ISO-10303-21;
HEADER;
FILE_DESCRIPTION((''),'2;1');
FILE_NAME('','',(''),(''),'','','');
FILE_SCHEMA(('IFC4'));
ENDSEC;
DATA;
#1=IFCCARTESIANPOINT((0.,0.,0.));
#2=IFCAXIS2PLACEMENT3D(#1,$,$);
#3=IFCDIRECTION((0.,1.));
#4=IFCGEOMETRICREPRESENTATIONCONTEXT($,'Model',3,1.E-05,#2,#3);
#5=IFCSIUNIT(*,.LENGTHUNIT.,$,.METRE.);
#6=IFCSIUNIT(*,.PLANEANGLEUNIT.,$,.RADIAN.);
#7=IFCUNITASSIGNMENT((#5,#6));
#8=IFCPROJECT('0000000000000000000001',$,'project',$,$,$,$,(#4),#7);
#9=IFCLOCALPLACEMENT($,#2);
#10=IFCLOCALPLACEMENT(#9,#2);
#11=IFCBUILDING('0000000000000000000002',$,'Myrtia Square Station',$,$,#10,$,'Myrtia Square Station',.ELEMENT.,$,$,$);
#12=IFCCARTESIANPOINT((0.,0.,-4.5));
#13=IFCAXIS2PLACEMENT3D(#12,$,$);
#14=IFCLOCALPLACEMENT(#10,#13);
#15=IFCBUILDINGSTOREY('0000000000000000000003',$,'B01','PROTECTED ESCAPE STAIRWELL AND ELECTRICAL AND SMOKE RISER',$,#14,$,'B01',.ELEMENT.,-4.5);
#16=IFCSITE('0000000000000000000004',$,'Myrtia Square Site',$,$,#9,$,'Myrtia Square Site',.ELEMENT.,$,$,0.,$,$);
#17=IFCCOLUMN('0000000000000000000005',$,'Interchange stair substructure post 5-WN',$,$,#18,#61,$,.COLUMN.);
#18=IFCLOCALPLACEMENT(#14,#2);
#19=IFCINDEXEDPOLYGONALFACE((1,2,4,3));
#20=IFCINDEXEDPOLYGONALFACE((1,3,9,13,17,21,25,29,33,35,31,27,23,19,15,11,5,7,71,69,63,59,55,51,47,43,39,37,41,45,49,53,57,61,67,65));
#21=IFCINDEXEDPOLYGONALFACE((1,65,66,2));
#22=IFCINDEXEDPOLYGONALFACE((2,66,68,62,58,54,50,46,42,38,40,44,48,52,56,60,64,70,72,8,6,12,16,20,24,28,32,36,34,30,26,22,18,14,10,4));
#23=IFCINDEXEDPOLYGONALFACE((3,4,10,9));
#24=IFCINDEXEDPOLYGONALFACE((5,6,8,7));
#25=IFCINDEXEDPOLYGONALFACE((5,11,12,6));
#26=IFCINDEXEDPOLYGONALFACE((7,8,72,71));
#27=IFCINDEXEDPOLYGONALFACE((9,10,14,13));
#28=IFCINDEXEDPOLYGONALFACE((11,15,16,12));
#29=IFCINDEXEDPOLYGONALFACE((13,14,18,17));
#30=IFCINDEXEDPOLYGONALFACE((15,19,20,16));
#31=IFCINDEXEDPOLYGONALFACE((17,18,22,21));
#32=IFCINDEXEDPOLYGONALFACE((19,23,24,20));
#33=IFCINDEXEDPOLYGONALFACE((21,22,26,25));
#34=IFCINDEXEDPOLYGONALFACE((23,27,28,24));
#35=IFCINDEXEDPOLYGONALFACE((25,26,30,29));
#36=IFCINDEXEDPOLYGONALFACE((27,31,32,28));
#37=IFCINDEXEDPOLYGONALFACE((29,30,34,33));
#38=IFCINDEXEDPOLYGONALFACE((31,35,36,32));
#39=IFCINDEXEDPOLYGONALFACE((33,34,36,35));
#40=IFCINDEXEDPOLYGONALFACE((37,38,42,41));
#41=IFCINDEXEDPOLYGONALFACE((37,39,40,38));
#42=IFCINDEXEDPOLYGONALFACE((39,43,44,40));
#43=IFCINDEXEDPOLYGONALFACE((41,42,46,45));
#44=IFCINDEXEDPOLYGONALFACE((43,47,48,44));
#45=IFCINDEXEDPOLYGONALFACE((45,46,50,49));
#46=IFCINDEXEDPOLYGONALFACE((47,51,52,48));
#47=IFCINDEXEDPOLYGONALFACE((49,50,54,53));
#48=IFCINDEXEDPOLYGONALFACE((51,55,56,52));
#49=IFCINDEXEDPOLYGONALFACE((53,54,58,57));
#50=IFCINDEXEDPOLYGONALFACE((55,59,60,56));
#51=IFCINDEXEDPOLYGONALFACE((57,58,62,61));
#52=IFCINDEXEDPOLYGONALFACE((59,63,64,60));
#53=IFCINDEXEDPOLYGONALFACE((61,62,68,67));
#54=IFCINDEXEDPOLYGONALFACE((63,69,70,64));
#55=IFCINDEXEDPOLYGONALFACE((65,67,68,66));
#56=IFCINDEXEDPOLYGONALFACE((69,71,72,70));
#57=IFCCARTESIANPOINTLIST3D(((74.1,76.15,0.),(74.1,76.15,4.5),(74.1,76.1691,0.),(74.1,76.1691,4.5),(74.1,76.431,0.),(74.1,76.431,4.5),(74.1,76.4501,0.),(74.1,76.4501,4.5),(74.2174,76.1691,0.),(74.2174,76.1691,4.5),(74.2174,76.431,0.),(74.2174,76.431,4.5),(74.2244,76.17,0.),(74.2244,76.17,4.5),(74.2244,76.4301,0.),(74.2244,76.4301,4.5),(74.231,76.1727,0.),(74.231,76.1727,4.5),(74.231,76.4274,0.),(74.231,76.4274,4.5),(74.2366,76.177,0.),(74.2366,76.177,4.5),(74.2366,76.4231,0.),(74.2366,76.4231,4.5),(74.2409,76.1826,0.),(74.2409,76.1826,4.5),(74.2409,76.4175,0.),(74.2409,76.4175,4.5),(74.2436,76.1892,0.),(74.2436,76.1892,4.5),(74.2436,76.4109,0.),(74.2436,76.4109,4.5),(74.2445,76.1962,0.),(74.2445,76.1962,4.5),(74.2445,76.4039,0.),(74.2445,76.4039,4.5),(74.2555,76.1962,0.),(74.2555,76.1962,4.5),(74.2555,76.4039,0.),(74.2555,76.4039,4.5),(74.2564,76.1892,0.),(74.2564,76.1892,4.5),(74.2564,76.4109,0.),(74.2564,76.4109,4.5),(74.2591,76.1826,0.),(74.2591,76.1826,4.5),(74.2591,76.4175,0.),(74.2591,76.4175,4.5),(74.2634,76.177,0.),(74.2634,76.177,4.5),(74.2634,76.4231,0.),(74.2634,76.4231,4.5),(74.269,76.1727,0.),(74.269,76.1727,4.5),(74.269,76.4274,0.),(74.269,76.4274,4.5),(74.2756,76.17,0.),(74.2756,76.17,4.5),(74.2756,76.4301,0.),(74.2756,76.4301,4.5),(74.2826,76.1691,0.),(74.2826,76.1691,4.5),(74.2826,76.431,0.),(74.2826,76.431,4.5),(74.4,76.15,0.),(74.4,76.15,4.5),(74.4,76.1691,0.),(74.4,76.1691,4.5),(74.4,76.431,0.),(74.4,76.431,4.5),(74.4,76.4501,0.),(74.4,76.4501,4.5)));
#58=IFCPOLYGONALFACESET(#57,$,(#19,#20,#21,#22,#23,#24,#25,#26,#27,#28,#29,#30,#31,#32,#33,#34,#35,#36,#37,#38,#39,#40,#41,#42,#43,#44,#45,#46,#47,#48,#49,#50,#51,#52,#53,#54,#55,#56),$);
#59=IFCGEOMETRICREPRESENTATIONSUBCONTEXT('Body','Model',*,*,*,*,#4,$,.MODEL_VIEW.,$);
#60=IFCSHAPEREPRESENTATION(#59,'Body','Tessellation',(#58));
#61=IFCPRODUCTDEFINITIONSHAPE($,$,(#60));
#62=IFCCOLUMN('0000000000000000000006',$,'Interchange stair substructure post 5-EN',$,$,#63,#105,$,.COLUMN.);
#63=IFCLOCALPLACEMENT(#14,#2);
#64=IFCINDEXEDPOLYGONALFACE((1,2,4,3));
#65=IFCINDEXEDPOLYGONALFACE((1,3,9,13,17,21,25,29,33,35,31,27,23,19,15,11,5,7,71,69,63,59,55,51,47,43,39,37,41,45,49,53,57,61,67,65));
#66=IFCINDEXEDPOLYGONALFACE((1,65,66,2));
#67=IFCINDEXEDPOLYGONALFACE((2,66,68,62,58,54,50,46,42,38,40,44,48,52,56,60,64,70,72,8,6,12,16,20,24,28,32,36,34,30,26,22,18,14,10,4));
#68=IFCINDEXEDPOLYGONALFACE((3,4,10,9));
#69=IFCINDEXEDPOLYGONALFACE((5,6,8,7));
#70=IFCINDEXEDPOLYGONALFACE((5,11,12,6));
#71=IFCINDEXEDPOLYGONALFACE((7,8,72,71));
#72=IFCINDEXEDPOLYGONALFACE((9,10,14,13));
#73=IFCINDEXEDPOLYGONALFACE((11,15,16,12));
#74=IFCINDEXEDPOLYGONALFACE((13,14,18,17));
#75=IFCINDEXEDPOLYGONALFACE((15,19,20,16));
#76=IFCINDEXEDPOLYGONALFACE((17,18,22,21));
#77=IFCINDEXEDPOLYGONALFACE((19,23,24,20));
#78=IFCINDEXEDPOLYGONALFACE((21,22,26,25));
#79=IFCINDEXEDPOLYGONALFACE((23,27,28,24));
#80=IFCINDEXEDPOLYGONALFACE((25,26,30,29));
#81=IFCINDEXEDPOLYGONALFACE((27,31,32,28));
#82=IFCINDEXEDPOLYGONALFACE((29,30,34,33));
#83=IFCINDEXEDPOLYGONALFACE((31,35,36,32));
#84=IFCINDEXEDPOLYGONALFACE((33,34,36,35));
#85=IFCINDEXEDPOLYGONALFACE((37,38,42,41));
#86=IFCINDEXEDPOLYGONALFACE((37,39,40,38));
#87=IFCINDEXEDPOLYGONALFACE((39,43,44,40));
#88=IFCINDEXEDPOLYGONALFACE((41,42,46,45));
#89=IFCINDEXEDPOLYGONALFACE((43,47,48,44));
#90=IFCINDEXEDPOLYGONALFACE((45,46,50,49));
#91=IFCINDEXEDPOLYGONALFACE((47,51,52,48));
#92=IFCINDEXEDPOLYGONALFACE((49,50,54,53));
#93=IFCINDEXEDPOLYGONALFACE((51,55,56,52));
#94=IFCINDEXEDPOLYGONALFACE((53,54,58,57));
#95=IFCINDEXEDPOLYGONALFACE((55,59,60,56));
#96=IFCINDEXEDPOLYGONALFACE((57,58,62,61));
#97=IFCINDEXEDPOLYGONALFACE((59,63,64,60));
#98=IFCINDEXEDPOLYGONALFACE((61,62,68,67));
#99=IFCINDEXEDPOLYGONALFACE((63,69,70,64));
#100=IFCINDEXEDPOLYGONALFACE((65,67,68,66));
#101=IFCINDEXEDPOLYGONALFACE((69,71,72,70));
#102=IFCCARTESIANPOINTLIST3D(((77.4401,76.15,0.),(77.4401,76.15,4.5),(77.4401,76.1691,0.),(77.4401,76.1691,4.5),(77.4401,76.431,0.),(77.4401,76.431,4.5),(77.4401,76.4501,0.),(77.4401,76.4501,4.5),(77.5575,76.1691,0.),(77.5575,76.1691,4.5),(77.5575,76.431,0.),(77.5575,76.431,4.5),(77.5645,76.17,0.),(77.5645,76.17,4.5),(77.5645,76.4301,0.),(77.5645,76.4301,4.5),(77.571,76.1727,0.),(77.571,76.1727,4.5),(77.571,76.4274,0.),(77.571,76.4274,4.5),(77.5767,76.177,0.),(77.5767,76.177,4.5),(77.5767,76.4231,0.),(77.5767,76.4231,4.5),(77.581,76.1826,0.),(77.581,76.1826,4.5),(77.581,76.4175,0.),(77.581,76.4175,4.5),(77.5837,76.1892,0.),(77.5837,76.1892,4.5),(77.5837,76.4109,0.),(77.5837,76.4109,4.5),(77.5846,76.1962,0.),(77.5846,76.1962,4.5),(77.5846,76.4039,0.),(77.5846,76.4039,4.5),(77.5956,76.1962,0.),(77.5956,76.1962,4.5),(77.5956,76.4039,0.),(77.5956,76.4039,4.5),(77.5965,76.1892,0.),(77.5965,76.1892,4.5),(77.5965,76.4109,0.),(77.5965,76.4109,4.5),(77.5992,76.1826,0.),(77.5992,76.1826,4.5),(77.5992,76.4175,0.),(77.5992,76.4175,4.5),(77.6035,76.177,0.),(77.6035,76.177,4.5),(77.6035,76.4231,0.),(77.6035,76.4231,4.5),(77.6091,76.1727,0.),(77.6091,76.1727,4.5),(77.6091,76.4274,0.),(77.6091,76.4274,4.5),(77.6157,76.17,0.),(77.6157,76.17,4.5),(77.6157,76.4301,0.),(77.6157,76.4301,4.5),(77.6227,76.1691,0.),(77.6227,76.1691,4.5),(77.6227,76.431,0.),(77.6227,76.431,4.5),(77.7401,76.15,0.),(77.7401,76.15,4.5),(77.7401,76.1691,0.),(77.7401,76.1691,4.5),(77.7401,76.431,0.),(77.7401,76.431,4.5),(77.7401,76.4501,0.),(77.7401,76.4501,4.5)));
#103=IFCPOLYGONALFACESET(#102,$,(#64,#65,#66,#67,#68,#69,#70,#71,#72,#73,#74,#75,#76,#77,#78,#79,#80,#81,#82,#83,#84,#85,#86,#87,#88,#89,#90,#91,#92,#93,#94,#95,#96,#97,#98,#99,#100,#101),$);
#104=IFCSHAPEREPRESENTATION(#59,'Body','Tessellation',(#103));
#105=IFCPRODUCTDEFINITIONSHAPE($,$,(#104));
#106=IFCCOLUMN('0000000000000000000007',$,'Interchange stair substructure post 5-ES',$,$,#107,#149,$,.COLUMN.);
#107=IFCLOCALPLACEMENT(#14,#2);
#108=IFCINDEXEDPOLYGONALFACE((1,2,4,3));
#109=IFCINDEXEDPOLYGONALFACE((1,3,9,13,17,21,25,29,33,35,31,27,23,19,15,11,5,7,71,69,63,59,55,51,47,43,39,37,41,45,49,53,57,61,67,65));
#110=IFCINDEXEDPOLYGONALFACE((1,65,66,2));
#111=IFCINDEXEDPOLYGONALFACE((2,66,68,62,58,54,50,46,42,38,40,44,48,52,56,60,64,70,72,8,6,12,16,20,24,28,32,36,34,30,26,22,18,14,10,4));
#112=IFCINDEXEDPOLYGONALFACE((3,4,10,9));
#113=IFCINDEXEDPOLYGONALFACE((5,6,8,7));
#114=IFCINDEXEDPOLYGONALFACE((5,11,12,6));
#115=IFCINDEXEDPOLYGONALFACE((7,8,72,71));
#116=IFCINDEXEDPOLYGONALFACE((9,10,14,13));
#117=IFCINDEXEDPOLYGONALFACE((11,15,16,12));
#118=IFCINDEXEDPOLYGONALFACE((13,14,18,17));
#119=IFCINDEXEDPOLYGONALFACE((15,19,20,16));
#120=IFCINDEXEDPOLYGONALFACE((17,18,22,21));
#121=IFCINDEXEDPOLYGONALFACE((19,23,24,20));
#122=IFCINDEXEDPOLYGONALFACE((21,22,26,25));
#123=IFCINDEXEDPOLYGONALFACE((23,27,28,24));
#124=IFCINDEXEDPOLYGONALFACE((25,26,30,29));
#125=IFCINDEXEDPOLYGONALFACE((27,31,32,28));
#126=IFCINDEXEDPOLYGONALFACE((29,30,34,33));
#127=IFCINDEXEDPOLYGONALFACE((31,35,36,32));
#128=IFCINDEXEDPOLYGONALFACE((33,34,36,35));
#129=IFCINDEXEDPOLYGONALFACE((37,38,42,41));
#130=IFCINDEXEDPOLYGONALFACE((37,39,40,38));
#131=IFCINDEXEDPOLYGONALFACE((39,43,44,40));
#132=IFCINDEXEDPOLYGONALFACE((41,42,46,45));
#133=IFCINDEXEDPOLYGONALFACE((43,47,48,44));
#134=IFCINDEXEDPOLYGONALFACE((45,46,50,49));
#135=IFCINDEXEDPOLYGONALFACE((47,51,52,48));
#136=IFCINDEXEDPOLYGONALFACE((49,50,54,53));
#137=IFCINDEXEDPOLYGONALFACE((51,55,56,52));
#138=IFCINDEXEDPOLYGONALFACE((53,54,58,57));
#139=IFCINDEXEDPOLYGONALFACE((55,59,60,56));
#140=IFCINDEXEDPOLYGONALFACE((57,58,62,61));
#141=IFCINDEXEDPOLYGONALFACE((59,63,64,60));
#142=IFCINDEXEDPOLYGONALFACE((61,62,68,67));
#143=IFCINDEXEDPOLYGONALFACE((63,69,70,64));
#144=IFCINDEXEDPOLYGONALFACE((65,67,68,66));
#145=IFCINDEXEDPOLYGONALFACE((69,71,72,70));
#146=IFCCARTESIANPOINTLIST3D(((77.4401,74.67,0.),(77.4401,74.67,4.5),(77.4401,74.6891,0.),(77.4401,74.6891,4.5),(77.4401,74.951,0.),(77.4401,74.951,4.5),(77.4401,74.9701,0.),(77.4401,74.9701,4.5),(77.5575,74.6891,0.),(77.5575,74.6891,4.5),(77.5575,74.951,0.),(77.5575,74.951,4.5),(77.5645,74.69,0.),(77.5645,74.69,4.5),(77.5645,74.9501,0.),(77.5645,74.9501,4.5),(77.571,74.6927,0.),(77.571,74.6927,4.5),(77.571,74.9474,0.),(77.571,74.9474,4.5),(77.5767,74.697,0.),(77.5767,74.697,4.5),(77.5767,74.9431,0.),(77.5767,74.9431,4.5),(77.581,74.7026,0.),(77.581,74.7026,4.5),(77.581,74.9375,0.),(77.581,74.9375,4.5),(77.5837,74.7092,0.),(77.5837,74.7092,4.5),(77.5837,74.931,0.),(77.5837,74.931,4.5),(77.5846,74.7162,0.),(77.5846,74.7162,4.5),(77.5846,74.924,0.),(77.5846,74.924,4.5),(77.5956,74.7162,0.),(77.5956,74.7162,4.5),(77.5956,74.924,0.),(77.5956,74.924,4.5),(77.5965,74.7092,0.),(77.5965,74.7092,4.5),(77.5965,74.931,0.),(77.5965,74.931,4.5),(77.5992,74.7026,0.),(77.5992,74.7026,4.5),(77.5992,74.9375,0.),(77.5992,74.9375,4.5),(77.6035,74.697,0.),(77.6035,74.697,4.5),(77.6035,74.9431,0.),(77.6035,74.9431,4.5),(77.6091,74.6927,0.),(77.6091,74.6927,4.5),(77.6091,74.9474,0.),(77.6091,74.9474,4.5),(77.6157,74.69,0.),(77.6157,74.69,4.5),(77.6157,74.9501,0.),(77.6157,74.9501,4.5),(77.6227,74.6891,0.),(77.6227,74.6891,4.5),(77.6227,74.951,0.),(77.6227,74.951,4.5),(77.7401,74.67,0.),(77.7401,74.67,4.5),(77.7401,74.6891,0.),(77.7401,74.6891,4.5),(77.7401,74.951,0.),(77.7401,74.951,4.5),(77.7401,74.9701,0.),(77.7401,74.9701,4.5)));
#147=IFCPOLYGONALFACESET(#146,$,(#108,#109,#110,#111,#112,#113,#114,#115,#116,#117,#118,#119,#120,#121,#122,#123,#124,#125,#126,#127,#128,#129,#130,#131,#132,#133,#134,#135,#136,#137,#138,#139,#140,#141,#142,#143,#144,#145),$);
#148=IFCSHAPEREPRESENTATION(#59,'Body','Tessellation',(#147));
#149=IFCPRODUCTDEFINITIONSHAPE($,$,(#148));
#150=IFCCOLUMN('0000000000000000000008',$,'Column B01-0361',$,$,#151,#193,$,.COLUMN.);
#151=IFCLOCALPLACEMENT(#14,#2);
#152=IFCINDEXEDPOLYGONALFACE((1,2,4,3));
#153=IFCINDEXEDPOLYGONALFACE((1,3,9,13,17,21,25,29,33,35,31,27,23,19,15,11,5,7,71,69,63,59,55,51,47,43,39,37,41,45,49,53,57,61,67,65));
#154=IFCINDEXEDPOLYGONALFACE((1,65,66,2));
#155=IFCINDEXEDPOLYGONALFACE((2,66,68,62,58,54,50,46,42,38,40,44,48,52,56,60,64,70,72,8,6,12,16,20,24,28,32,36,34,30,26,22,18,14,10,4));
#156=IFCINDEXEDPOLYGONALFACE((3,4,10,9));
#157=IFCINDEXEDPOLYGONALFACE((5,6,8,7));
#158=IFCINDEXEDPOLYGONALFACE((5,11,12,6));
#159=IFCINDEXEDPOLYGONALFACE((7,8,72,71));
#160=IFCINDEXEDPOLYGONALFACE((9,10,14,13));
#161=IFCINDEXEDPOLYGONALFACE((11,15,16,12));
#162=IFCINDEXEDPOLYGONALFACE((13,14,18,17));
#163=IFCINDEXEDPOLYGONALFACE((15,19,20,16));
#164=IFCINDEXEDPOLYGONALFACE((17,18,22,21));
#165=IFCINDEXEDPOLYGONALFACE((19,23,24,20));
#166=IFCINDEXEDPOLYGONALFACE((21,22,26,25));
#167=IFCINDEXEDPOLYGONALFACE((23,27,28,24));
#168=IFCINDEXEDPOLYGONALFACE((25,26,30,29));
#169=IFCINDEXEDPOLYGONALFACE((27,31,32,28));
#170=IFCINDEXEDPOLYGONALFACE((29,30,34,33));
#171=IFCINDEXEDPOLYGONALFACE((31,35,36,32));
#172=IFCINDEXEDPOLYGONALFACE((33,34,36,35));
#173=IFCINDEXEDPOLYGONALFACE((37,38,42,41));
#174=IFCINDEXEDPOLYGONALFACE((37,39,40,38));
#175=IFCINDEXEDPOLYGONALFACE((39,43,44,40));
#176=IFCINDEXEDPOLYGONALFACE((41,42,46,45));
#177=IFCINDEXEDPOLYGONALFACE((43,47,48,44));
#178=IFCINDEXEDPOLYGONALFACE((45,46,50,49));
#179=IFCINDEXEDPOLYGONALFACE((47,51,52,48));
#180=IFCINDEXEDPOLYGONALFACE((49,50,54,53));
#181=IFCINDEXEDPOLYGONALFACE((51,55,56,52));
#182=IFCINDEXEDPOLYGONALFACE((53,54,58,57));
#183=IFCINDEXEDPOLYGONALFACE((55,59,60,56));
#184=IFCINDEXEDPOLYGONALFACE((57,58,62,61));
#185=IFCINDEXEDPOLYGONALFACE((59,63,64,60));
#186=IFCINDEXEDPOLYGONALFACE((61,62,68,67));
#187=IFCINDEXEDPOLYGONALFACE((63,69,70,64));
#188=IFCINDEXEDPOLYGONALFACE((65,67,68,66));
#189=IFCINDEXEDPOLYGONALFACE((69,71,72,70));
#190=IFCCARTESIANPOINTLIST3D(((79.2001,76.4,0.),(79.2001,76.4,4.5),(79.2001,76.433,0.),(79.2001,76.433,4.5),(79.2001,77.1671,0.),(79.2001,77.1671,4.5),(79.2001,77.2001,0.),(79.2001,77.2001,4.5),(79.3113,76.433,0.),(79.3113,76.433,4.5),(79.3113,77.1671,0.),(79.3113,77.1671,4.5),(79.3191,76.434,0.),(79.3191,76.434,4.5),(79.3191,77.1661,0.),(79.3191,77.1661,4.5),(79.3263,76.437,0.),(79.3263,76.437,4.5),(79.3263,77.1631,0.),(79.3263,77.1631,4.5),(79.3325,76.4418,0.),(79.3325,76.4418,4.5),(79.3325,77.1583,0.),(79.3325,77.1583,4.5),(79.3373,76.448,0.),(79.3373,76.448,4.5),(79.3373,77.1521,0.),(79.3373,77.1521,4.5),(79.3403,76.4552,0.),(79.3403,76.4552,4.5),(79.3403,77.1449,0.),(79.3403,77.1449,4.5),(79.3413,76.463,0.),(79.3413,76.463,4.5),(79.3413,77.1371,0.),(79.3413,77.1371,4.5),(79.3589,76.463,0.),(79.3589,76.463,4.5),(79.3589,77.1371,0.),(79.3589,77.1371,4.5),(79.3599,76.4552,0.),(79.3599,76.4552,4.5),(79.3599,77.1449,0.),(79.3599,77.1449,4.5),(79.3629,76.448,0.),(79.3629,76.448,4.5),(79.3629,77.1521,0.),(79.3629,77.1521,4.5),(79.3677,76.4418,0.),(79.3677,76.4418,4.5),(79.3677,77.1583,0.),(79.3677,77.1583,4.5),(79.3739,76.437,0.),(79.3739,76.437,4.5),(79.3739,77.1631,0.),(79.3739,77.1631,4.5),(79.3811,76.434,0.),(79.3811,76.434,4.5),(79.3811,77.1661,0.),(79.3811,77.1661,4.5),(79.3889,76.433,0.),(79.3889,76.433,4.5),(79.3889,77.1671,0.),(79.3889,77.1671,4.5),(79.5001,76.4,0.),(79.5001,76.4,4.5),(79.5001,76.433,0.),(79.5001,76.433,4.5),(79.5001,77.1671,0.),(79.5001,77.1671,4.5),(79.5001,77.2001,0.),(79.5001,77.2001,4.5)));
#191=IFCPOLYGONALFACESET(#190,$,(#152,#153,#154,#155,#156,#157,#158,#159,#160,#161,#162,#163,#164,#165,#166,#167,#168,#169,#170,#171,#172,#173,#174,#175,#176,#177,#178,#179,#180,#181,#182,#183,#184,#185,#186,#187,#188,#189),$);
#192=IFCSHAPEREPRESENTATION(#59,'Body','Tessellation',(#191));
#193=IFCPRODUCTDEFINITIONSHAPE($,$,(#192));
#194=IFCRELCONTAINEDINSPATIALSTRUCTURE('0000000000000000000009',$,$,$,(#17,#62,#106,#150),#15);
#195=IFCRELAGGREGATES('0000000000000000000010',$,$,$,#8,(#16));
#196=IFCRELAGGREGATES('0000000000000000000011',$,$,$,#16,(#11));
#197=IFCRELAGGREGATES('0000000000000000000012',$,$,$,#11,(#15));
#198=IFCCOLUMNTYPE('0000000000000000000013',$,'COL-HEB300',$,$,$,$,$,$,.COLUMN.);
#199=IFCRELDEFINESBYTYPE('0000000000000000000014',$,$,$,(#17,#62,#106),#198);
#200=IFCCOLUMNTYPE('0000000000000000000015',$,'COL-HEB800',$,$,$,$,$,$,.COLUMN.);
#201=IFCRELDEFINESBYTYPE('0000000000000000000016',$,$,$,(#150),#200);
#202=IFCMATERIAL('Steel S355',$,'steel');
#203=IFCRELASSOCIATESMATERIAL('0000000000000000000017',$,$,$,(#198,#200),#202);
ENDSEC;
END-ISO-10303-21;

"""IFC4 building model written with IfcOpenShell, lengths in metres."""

from ifc_helpers import new_model, si_unit, direction, frame, origin, origin_2d, place, context, subcontext, project, spatial, i_section, extrude, material, material_profile, profile_set, type_object, element, save


model = new_model("IFC4")

# Units and contexts
model_context = context("Model", 3, precision=1e-05, world=origin(), true_north=direction((0.0, 1.0)))
body_context = subcontext(model_context, "Body", "Model", "MODEL_VIEW")
ifc_project = project(units=[si_unit("LENGTHUNIT", "METRE"), si_unit("PLANEANGLEUNIT", "RADIAN")], contexts=[model_context])

# Site, building, storey
site_placement = place(None, origin())
site = spatial("IfcSite", under=ifc_project, at=site_placement, Name="Myrtia Square Site", LongName="Myrtia Square Site", CompositionType="ELEMENT", RefElevation=0.0)
building_placement = place(site_placement, origin())
building = spatial("IfcBuilding", under=site, at=building_placement, Name="Myrtia Square Station", LongName="Myrtia Square Station", CompositionType="ELEMENT")
storey_placement = place(building_placement, frame((0.0, 0.0, -4.5)))
storey = spatial("IfcBuildingStorey", under=building, at=storey_placement, Name="B01", Description="PROTECTED ESCAPE STAIRWELL AND ELECTRICAL AND SMOKE RISER", LongName="B01", CompositionType="ELEMENT", Elevation=-4.5)

# Columns
ifc_material_1 = material(Name="Steel S355", Category="steel")
ifc_material_profile_1 = material_profile(ifc_material_1, i_section(OverallWidth=0.3, OverallDepth=0.3, WebThickness=0.011, FlangeThickness=0.019, FilletRadius=0.0271, at=origin_2d()), Name="HEB 300")
ifc_profile_set_1 = profile_set([ifc_material_profile_1], Name="Steel S355")
column_type_1 = type_object("IfcColumnType", Name="COL-HEB300", PredefinedType="COLUMN", material=ifc_profile_set_1)
for number, where, z_axis, x_axis, name in (
    (1, (74.25, 76.3, 0.0), (0.0, 0.0, 1.0), (1.0, 0.0, 0.0), "Interchange stair substructure post 5-WN"),
    (2, (77.5901, 76.3, 0.0), (0.0, 0.0, 1.0), (1.0, 0.0, 0.0), "Interchange stair substructure post 5-EN"),
    (3, (77.5901, 74.8201, 0.0), (0.0, 0.0, 1.0), (1.0, 0.0, 0.0), "Interchange stair substructure post 5-ES"),
):
    element("IfcColumn", number, at=place(storey_placement, frame(where, z_axis=z_axis, x_axis=x_axis)), inside=storey, type_object=column_type_1, Name=name, PredefinedType="COLUMN", context=body_context, shape_type="SweptSolid", body=[
        extrude(i_section(OverallWidth=0.3, OverallDepth=0.3, WebThickness=0.011, FlangeThickness=0.019, FilletRadius=0.0271, at=origin_2d()), origin(), (0.0, 0.0, 1.0), 4.5),
    ])
ifc_material_profile_2 = material_profile(ifc_material_1, i_section(OverallWidth=0.3, OverallDepth=0.8, WebThickness=0.0176, FlangeThickness=0.033, FilletRadius=0.03, at=origin_2d()), Name="HEB 800")
ifc_profile_set_2 = profile_set([ifc_material_profile_2], Name="Steel S355")
column_type_2 = type_object("IfcColumnType", Name="COL-HEB800", PredefinedType="COLUMN", material=ifc_profile_set_2)
column_placement = place(storey_placement, frame((79.3501, 76.8, 0.0), z_axis=(0.0, 0.0, 1.0), x_axis=(1.0, 0.0, 0.0)))
element("IfcColumn", 4, at=column_placement, inside=storey, type_object=column_type_2, Name="Column B01-0361", PredefinedType="COLUMN", context=body_context, shape_type="SweptSolid", body=[
    extrude(i_section(OverallWidth=0.3, OverallDepth=0.8, WebThickness=0.0176, FlangeThickness=0.033, FilletRadius=0.03, at=origin_2d()), origin(), (0.0, 0.0, 1.0), 4.5),
])

save(model, "model.ifc")
